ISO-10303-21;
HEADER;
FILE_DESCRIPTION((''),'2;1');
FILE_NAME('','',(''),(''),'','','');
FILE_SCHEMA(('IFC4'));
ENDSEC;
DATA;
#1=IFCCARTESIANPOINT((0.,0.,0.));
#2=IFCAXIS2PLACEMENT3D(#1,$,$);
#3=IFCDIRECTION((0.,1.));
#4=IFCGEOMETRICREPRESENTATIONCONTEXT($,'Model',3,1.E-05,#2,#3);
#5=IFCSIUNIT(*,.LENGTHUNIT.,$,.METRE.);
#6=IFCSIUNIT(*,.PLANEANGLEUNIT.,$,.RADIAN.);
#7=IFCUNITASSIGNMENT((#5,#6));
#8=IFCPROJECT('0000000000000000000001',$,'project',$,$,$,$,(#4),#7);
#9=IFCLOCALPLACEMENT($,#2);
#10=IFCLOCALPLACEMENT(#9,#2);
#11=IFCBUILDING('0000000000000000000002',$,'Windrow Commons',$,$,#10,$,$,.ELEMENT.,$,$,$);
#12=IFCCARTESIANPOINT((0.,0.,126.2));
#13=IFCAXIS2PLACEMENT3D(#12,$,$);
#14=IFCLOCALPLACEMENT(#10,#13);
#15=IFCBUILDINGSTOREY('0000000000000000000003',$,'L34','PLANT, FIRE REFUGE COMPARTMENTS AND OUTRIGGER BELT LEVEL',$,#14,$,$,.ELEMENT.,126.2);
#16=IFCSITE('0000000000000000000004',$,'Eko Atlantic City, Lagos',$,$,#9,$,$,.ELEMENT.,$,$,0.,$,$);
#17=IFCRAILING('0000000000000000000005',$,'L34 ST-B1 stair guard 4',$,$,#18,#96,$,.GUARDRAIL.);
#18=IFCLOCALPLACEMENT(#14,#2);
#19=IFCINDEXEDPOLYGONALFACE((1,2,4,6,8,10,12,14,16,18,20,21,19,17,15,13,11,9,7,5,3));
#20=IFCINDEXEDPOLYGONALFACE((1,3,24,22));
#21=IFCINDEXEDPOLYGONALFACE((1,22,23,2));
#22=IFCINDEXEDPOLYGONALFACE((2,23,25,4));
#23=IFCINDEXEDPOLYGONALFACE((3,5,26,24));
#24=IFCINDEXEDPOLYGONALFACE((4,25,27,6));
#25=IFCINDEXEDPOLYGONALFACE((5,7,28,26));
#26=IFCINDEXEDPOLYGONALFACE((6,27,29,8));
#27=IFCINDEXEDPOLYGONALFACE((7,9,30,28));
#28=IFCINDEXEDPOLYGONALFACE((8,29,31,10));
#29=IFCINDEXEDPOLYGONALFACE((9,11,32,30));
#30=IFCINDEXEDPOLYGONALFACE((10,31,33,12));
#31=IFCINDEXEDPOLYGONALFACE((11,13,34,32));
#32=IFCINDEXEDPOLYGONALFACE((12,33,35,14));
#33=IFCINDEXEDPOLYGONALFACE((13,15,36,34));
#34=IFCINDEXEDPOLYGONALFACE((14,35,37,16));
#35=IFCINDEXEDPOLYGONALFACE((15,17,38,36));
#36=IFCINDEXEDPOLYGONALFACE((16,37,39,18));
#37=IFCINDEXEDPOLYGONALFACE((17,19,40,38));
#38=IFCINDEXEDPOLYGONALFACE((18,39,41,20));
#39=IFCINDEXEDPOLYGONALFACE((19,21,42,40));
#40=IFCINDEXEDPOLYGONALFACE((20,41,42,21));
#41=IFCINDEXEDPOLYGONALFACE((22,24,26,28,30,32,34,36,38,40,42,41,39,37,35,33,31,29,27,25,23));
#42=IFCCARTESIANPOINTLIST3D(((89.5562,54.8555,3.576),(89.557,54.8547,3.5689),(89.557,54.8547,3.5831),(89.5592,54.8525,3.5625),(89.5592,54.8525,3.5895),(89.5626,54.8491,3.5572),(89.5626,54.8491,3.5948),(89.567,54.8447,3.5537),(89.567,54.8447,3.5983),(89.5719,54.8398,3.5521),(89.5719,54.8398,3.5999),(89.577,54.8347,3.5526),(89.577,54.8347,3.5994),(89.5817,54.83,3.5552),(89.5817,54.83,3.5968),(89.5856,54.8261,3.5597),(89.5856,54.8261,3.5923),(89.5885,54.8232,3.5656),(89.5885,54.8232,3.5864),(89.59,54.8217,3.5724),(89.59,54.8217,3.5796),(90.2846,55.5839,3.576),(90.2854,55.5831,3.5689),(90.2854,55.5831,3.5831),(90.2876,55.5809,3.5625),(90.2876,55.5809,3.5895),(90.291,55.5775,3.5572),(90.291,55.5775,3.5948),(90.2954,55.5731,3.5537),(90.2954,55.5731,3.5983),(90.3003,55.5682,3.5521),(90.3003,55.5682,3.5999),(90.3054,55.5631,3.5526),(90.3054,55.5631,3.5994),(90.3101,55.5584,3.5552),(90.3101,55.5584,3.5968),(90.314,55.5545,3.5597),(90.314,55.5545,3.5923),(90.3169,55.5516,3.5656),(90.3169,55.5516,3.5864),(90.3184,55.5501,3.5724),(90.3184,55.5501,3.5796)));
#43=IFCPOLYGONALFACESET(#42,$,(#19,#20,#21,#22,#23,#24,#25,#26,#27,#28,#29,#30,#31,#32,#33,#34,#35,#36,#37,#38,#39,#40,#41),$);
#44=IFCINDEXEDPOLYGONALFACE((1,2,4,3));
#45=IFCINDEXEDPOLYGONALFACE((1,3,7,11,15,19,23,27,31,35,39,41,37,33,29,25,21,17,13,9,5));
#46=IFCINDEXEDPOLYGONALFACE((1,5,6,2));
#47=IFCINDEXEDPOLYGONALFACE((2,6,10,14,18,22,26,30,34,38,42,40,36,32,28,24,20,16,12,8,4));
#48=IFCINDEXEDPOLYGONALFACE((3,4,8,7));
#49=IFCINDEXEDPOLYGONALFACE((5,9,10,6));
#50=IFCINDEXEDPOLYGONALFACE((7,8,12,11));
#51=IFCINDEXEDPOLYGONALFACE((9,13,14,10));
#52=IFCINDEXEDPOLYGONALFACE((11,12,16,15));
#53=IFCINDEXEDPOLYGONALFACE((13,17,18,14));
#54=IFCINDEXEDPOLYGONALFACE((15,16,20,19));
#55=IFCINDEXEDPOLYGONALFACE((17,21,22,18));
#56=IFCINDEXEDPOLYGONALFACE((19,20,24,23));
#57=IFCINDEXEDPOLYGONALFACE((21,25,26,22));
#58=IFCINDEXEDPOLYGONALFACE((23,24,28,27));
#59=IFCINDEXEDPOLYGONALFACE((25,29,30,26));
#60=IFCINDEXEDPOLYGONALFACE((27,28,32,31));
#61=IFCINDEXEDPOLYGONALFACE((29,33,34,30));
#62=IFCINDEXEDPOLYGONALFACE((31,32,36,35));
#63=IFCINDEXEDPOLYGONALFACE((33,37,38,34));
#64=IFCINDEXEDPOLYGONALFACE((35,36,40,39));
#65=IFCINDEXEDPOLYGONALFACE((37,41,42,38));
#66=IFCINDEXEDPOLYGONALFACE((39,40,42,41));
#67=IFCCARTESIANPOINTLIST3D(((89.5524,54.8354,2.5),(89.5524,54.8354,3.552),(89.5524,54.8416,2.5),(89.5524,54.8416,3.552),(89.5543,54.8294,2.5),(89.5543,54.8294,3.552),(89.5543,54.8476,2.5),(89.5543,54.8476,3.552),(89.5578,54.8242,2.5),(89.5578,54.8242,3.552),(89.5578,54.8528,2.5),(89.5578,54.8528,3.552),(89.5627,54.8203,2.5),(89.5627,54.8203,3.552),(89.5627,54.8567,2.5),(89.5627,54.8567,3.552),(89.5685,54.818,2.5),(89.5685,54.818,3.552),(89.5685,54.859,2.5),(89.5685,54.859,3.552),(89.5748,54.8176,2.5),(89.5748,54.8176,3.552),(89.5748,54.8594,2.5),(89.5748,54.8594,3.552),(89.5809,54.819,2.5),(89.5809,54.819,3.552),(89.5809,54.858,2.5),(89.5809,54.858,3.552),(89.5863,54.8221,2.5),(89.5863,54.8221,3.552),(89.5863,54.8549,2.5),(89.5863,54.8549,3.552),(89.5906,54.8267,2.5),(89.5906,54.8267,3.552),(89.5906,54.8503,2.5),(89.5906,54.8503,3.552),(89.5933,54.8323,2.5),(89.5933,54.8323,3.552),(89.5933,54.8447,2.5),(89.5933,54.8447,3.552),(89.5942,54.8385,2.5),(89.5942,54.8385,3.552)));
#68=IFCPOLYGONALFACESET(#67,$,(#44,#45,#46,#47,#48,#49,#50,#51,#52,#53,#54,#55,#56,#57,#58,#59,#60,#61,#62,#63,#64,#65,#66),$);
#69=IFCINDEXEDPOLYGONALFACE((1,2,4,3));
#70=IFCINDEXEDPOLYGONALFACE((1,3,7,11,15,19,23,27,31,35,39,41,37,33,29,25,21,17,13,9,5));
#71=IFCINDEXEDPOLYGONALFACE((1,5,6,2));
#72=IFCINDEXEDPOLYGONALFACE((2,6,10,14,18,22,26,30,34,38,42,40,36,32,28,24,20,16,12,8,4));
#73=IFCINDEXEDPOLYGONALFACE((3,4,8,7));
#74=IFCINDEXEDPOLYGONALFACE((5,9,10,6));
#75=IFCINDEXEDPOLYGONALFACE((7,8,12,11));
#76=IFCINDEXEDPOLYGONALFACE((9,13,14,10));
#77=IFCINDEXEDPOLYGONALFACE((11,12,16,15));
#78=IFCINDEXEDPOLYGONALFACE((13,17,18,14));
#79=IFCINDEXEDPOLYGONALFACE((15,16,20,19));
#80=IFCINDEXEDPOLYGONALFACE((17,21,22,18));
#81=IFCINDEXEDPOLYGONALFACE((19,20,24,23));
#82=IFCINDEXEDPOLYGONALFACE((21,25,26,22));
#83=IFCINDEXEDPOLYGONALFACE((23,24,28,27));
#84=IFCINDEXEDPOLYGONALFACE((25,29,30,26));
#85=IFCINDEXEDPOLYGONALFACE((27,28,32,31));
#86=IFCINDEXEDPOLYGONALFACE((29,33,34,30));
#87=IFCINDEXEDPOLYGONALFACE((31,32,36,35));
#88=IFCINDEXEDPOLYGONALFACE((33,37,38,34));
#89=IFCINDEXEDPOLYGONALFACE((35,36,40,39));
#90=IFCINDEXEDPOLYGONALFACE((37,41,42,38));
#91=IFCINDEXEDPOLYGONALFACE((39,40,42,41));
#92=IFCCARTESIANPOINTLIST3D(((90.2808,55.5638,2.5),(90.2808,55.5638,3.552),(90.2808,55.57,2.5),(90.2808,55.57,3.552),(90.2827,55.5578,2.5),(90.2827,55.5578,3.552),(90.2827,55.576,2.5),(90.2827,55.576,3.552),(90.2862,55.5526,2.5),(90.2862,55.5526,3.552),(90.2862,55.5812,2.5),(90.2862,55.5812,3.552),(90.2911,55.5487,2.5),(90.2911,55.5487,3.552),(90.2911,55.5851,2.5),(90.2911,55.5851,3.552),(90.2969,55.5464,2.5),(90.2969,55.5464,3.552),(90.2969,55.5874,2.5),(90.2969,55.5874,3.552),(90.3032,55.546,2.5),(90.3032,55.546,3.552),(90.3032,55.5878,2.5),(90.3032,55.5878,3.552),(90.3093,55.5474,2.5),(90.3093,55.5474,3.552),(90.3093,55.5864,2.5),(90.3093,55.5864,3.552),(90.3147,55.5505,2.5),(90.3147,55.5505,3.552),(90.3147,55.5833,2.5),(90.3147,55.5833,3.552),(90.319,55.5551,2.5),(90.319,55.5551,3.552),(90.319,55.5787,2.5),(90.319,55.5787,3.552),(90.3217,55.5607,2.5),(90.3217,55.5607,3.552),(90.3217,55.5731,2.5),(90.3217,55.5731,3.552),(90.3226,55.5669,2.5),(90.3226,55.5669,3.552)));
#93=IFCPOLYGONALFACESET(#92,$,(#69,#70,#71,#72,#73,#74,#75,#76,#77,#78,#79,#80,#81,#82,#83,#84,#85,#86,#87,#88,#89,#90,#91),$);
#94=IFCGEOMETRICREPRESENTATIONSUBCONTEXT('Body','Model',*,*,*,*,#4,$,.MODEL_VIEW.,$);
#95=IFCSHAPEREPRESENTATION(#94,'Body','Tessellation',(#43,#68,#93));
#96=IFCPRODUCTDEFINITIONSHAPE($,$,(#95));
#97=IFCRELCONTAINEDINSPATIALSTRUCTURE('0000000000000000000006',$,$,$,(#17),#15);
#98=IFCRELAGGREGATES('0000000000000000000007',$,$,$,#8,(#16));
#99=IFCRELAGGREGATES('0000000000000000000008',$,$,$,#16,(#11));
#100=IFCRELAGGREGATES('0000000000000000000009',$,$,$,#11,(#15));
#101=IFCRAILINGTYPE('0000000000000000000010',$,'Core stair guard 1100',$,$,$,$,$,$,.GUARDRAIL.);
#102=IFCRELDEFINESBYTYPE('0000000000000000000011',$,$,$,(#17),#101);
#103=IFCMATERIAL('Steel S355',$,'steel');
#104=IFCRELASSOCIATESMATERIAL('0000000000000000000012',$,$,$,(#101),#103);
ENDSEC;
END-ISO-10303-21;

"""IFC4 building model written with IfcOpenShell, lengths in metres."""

from ifc_helpers import new_model, si_unit, direction, frame, origin, origin_2d, place, context, subcontext, project, spatial, circle, extrude, material, type_object, element, save


model = new_model("IFC4")

# Units and contexts
model_context = context("Model", 3, precision=1e-05, world=origin(), true_north=direction((0.0, 1.0)))
body_context = subcontext(model_context, "Body", "Model", "MODEL_VIEW")
ifc_project = project(units=[si_unit("LENGTHUNIT", "METRE"), si_unit("PLANEANGLEUNIT", "RADIAN")], contexts=[model_context])

# Site, building, storey
site_placement = place(None, origin())
site = spatial("IfcSite", under=ifc_project, at=site_placement, Name="Eko Atlantic City, Lagos", CompositionType="ELEMENT", RefElevation=0.0)
building_placement = place(site_placement, origin())
building = spatial("IfcBuilding", under=site, at=building_placement, Name="Windrow Commons", CompositionType="ELEMENT")
storey_placement = place(building_placement, frame((0.0, 0.0, 126.2)))
storey = spatial("IfcBuildingStorey", under=building, at=storey_placement, Name="L34", Description="PLANT, FIRE REFUGE COMPARTMENTS AND OUTRIGGER BELT LEVEL", CompositionType="ELEMENT", Elevation=126.2)

# Railing
ifc_material_1 = material(Name="Steel S355", Category="steel")
railing_type_1 = type_object("IfcRailingType", Name="Core stair guard 1100", PredefinedType="GUARDRAIL", material=ifc_material_1)
railing_1_placement = place(storey_placement, frame((89.5732, 54.8385, 2.5)))
element("IfcRailing", 1, at=railing_1_placement, inside=storey, type_object=railing_type_1, Name="L34 ST-B1 stair guard 4", PredefinedType="GUARDRAIL", context=body_context, shape_type="SweptSolid", body=[
    extrude(circle(Radius=0.024, at=origin_2d()), frame((0.0, 0.0, 1.076), z_axis=(0.707107, 0.707107, 0.0), x_axis=(-0.707107, 0.707107, 0.0)), (0.0, 0.0, 1.0), 1.0301),
    extrude(circle(Radius=0.021, at=origin_2d()), origin(), (0.0, 0.0, 1.0), 1.052),
    extrude(circle(Radius=0.021, at=origin_2d()), frame((0.7284, 0.7284, 0.0)), (0.0, 0.0, 1.0), 1.052),
])

save(model, "model.ifc")
